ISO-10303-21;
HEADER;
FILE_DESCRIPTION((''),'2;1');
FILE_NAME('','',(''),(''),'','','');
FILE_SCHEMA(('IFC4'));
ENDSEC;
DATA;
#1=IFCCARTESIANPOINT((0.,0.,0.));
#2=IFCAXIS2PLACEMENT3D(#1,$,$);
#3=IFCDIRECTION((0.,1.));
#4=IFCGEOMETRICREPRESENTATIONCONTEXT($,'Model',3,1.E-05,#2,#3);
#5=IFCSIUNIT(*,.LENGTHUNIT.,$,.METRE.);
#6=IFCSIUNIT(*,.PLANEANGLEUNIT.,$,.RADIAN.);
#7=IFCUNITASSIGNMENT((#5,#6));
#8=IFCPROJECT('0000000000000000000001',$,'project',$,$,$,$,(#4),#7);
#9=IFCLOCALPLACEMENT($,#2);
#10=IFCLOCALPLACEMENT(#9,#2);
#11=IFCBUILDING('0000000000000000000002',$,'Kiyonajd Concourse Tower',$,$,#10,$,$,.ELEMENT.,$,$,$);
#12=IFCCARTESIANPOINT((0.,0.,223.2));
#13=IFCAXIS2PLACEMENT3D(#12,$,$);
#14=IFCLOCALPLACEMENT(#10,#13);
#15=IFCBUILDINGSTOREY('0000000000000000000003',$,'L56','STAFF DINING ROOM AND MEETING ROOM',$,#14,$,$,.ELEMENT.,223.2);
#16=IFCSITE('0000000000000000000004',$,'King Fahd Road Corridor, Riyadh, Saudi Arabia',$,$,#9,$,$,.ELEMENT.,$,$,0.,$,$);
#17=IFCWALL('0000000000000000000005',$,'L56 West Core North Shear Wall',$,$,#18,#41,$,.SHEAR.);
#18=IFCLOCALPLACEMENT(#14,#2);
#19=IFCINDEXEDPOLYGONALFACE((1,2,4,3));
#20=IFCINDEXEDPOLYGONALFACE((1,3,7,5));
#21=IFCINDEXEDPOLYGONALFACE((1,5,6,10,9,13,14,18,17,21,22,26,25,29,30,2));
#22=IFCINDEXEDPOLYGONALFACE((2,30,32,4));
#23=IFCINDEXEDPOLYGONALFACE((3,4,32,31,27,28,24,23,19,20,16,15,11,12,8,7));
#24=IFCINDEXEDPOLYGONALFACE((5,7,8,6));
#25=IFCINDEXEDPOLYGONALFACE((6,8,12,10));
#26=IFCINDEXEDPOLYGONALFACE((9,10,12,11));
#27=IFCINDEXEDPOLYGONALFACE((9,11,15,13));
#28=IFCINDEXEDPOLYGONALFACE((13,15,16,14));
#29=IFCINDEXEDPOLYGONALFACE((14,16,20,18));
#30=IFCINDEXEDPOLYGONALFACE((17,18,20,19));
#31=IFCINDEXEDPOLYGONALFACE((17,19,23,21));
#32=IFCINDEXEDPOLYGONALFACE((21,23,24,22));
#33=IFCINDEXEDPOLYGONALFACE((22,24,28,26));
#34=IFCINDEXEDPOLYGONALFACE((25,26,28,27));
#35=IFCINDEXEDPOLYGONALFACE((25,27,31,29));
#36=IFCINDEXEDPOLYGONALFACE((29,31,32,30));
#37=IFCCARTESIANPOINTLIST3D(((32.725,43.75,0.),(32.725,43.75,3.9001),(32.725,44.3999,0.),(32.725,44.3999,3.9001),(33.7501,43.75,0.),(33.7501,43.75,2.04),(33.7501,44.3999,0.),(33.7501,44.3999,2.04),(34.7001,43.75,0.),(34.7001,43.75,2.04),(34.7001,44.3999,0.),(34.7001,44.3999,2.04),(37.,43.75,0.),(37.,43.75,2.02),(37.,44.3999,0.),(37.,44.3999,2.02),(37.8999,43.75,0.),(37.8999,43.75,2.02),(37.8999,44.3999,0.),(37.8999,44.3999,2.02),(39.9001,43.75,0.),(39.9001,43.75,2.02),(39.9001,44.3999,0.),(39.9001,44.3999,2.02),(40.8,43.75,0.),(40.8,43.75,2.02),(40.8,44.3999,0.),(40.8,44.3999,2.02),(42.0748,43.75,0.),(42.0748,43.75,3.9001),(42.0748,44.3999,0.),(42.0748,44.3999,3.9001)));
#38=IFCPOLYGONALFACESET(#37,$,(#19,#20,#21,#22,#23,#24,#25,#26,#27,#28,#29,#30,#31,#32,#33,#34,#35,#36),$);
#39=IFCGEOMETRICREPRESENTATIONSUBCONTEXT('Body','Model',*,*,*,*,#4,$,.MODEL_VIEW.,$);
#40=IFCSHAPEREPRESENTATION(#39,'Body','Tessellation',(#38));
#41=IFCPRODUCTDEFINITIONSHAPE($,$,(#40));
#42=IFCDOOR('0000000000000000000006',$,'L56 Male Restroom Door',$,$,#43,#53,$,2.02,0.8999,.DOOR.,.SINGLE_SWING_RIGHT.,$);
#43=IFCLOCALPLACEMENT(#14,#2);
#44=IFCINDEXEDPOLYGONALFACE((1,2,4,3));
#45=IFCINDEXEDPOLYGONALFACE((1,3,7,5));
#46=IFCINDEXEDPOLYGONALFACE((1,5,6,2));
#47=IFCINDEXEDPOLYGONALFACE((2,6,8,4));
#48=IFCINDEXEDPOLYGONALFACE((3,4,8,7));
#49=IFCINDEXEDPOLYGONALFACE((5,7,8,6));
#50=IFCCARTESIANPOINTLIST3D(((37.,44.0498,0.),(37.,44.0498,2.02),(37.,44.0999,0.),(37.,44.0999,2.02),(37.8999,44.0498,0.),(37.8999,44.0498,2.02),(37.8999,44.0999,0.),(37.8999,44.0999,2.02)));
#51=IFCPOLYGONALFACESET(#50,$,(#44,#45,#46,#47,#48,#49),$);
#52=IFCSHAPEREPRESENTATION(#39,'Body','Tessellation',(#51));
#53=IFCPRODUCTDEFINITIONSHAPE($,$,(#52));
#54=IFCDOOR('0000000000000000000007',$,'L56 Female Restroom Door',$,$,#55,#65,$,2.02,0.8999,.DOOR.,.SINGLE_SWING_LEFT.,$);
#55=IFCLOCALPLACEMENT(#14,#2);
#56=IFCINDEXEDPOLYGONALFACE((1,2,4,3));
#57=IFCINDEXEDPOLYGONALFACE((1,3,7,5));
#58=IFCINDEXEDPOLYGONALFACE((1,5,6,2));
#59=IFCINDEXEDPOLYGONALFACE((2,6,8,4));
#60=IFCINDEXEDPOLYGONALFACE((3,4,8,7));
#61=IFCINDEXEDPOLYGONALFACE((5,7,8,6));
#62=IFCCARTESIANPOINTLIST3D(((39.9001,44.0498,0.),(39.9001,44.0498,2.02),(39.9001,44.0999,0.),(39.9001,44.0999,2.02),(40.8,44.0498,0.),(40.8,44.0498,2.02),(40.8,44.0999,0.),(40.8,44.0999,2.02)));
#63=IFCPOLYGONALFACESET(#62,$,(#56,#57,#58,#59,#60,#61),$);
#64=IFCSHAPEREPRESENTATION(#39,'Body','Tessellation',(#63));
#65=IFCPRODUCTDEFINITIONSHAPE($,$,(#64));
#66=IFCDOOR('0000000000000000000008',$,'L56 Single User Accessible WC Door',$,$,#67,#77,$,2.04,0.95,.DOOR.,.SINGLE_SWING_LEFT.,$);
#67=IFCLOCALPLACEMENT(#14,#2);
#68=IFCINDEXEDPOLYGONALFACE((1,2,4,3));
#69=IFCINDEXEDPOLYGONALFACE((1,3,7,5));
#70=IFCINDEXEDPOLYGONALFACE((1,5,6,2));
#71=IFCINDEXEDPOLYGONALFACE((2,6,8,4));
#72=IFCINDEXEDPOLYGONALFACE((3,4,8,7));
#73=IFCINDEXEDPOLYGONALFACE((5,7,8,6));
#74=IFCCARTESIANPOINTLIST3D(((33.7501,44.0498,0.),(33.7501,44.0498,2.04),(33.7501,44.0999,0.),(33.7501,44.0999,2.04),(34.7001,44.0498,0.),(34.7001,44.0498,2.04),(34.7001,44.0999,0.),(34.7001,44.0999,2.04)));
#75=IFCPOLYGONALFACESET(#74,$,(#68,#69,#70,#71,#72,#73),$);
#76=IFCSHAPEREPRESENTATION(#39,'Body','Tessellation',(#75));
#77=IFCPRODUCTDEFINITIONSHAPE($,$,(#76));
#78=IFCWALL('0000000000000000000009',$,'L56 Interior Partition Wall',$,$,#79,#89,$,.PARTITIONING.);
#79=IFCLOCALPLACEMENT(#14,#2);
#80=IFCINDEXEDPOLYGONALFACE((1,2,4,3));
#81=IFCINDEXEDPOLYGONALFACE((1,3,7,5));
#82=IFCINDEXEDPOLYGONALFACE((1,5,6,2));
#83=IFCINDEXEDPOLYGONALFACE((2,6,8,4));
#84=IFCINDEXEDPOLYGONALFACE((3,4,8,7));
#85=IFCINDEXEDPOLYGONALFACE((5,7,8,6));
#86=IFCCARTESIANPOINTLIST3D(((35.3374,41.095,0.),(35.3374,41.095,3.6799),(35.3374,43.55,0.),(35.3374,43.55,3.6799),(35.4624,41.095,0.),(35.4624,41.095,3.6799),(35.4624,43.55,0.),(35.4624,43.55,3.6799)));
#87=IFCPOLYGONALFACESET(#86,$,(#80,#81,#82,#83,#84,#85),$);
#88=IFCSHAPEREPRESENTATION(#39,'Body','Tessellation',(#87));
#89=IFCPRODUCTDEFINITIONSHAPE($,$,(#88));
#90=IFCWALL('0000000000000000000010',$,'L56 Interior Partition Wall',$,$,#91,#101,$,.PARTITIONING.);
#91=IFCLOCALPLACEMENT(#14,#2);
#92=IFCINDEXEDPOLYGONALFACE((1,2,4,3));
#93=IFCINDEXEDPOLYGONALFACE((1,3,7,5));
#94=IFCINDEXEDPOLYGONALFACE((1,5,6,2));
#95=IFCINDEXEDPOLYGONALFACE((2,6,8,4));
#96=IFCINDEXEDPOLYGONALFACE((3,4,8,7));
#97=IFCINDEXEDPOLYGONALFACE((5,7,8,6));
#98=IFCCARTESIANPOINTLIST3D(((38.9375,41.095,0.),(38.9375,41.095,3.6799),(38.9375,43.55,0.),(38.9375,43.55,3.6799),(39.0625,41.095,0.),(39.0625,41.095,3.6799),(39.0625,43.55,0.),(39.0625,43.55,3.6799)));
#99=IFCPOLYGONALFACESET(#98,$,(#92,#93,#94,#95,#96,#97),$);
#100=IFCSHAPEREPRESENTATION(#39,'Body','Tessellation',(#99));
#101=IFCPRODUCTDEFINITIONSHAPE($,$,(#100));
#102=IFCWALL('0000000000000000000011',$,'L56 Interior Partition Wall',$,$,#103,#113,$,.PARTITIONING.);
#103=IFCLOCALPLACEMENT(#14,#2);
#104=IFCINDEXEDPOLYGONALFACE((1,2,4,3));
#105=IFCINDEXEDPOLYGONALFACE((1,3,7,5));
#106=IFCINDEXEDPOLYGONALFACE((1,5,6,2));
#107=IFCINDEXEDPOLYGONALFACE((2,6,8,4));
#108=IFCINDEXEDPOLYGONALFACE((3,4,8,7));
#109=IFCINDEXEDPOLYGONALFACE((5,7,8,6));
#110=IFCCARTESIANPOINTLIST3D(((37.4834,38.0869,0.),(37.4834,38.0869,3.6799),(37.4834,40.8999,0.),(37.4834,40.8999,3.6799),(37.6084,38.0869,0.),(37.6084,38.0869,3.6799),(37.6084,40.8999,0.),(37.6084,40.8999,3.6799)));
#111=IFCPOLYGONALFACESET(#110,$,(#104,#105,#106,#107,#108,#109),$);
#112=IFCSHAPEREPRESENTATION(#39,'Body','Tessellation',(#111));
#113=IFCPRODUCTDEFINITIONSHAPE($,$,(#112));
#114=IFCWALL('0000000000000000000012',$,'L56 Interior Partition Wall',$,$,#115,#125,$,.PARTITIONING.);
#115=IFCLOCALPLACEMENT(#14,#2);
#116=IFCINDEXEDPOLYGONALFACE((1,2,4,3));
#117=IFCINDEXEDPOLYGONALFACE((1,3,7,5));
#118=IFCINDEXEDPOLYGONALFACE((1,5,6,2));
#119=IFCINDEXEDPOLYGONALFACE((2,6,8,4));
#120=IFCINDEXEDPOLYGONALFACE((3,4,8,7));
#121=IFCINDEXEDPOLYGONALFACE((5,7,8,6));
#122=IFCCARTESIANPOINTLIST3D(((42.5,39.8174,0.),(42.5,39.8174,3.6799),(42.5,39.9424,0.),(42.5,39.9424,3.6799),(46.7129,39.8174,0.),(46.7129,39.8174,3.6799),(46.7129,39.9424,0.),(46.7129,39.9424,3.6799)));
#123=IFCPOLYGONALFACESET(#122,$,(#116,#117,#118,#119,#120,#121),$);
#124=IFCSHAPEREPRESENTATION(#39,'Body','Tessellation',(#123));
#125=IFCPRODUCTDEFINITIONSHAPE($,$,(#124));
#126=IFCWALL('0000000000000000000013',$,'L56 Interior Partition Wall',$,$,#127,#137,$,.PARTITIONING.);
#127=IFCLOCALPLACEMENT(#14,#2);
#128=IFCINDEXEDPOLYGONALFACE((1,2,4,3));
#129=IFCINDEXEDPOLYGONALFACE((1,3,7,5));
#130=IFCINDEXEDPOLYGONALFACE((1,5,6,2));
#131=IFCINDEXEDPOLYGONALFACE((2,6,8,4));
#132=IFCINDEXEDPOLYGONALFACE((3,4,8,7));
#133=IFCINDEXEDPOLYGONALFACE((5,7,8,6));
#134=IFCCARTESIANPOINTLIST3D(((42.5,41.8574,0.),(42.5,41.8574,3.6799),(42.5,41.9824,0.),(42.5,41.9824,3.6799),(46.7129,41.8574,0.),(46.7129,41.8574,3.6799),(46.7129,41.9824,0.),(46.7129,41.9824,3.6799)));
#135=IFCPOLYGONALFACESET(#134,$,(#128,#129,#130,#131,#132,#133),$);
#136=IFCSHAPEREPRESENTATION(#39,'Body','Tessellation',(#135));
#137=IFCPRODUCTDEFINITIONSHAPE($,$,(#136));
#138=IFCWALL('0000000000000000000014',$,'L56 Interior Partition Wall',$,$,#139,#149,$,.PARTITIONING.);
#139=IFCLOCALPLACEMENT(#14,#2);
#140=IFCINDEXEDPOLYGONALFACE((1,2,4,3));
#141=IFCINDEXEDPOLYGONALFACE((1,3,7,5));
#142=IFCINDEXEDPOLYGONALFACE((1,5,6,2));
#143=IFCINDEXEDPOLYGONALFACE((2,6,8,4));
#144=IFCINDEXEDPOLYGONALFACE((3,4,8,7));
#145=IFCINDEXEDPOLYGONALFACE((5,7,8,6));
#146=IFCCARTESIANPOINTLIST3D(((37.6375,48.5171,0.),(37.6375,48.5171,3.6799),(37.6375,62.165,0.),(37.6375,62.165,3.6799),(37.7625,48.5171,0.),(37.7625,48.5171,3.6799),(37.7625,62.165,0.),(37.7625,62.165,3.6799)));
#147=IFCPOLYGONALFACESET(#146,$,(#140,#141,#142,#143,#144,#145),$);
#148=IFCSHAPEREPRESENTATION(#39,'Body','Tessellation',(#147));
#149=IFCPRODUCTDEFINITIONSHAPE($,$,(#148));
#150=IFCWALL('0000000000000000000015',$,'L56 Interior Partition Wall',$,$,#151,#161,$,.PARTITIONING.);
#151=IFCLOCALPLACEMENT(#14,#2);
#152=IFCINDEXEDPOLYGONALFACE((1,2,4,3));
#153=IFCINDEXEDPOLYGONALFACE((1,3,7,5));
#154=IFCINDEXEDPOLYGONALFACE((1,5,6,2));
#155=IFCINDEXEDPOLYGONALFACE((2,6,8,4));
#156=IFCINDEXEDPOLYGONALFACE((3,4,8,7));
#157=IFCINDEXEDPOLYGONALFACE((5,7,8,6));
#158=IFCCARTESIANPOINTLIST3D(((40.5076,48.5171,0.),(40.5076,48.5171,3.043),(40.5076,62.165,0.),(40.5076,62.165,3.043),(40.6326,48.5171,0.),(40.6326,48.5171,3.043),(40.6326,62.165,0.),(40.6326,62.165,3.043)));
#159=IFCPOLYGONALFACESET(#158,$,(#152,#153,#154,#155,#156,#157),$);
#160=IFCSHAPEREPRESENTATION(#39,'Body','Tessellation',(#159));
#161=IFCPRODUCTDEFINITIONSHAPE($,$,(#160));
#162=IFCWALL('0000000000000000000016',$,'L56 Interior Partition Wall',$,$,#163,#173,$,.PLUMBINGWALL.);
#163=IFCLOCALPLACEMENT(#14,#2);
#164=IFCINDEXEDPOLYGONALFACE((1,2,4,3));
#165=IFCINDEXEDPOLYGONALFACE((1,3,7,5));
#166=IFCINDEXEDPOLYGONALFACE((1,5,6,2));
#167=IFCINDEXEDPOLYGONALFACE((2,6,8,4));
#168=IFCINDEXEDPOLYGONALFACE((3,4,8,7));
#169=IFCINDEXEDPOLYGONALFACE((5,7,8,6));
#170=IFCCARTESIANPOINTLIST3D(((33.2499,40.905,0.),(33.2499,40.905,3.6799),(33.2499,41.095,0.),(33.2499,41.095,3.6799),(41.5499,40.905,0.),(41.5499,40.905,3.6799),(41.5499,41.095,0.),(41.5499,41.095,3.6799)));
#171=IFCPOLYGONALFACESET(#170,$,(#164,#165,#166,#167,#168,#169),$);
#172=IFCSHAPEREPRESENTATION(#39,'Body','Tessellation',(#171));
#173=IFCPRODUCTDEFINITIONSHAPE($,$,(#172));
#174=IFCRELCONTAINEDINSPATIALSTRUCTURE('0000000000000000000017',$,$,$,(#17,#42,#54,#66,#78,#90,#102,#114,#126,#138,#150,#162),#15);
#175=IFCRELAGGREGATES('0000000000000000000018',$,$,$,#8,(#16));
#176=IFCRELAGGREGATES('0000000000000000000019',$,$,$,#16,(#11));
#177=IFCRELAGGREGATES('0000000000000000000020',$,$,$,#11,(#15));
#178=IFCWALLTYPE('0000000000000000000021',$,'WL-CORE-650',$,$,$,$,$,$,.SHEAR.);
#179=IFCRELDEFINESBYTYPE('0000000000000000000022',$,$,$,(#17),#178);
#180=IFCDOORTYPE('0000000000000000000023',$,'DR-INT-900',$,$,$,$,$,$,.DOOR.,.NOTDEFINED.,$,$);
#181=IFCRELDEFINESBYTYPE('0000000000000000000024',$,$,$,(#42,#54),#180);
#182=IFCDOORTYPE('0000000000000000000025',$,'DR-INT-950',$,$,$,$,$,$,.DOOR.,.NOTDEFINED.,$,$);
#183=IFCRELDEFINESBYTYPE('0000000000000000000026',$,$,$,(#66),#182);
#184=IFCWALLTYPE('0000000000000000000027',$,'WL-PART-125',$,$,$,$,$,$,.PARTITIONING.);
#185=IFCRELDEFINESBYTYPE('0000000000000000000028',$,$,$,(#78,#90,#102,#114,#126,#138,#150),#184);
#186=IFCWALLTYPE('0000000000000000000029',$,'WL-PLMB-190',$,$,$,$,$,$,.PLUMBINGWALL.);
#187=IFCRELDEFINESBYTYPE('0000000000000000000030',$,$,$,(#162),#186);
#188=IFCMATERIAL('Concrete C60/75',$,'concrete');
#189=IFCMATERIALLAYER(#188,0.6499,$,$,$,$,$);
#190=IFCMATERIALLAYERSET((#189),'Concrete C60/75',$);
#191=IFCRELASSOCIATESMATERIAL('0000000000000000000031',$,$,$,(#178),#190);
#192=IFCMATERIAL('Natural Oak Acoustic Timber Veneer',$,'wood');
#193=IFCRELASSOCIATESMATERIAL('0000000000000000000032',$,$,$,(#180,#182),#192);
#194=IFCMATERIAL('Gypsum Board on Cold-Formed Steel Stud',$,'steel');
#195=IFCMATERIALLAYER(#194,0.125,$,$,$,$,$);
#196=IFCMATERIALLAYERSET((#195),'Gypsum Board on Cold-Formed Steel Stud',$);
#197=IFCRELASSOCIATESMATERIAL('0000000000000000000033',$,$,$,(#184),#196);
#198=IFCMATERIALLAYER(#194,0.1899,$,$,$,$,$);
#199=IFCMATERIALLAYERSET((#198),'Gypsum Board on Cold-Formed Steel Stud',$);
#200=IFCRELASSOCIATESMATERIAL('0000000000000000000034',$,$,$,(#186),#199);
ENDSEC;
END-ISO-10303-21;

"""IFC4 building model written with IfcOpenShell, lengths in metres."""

from ifc_helpers import new_model, si_unit, direction, frame, frame_2d, origin, place, context, subcontext, project, spatial, rectangle, extrude, material, layer, layer_set, type_object, element, fill, save


model = new_model("IFC4")

# Units and contexts
model_context = context("Model", 3, precision=1e-05, world=origin(), true_north=direction((0.0, 1.0)))
body_context = subcontext(model_context, "Body", "Model", "MODEL_VIEW")
ifc_project = project(units=[si_unit("LENGTHUNIT", "METRE"), si_unit("PLANEANGLEUNIT", "RADIAN")], contexts=[model_context])

# Site, building, storey
site_placement = place(None, origin())
site = spatial("IfcSite", under=ifc_project, at=site_placement, Name="King Fahd Road Corridor, Riyadh, Saudi Arabia", CompositionType="ELEMENT", RefElevation=0.0)
building_placement = place(site_placement, origin())
building = spatial("IfcBuilding", under=site, at=building_placement, Name="Kiyonajd Concourse Tower", CompositionType="ELEMENT")
storey_placement = place(building_placement, frame((0.0, 0.0, 223.2)))
storey = spatial("IfcBuildingStorey", under=building, at=storey_placement, Name="L56", Description="STAFF DINING ROOM AND MEETING ROOM", CompositionType="ELEMENT", Elevation=223.2)

# Shared definitions
ifc_material_1 = material(Name="Concrete C60/75", Category="concrete")

# Shared definitions
ifc_layer_1 = layer(ifc_material_1, 0.6499)
ifc_layer_set_1 = layer_set([ifc_layer_1], Name="Concrete C60/75")
wall_type_1 = type_object("IfcWallType", Name="WL-CORE-650", PredefinedType="SHEAR", material=ifc_layer_set_1)

# Wall, openings, doors
wall_1_placement = place(storey_placement, frame((32.7251, 44.075, 0.0), z_axis=(0.0, 0.0, 1.0), x_axis=(1.0, 0.0, 0.0)))
wall_1 = element("IfcWall", 1, at=wall_1_placement, inside=storey, type_object=wall_type_1, Name="L56 West Core North Shear Wall", PredefinedType="SHEAR", context=body_context, shape_type="SweptSolid", body=[
    extrude(rectangle(XDim=9.3499, YDim=0.6499, at=frame_2d((4.6748, 0.0))), origin(), (0.0, 0.0, 1.0), 3.9001),
])
opening_1_placement = place(wall_1_placement, frame((1.0249, 0.0, 0.0)))
opening_1 = element("IfcOpeningElement", 2, at=opening_1_placement, cuts=wall_1, PredefinedType="OPENING", context=body_context, shape_type="SweptSolid", body=[
    extrude(rectangle(XDim=0.95, YDim=2.04, at=frame_2d((0.4751, 1.02))), frame((0.0, 0.335, 0.0), z_axis=(0.0, -1.0, 0.0), x_axis=(1.0, 0.0, 0.0)), (0.0, 0.0, 1.0), 0.6699),
])
opening_2_placement = place(wall_1_placement, frame((4.2749, 0.0, 0.0)))
opening_2 = element("IfcOpeningElement", 3, at=opening_2_placement, cuts=wall_1, PredefinedType="OPENING", context=body_context, shape_type="SweptSolid", body=[
    extrude(rectangle(XDim=0.8999, YDim=2.02, at=frame_2d((0.45, 1.01))), frame((0.0, 0.335, 0.0), z_axis=(0.0, -1.0, 0.0), x_axis=(1.0, 0.0, 0.0)), (0.0, 0.0, 1.0), 0.6699),
])
opening_3_placement = place(wall_1_placement, frame((7.175, 0.0, 0.0)))
opening_3 = element("IfcOpeningElement", 4, at=opening_3_placement, cuts=wall_1, PredefinedType="OPENING", context=body_context, shape_type="SweptSolid", body=[
    extrude(rectangle(XDim=0.8999, YDim=2.02, at=frame_2d((0.45, 1.01))), frame((0.0, 0.335, 0.0), z_axis=(0.0, -1.0, 0.0), x_axis=(1.0, 0.0, 0.0)), (0.0, 0.0, 1.0), 0.6699),
])
ifc_material_2 = material(Name="Natural Oak Acoustic Timber Veneer", Category="wood")
door_type_1 = type_object("IfcDoorType", Name="DR-INT-900", OperationType="NOTDEFINED", PredefinedType="DOOR", material=ifc_material_2)
door_1_placement = place(opening_2_placement, origin())
door_1 = element("IfcDoor", 5, at=door_1_placement, inside=storey, type_object=door_type_1, Name="L56 Male Restroom Door", OperationType="SINGLE_SWING_RIGHT", OverallHeight=2.02, OverallWidth=0.8999, PredefinedType="DOOR", context=body_context, shape_type="SweptSolid", body=[
    extrude(rectangle(XDim=0.8999, YDim=2.02, at=frame_2d((0.45, 1.01))), frame((0.0, 0.0249, 0.0), z_axis=(0.0, -1.0, 0.0), x_axis=(1.0, 0.0, 0.0)), (0.0, 0.0, 1.0), 0.05),
])
fill(opening_2, door_1)
door_2_placement = place(opening_3_placement, origin())
door_2 = element("IfcDoor", 6, at=door_2_placement, inside=storey, type_object=door_type_1, Name="L56 Female Restroom Door", OperationType="SINGLE_SWING_LEFT", OverallHeight=2.02, OverallWidth=0.8999, PredefinedType="DOOR", context=body_context, shape_type="SweptSolid", body=[
    extrude(rectangle(XDim=0.8999, YDim=2.02, at=frame_2d((0.45, 1.01))), frame((0.0, 0.0249, 0.0), z_axis=(0.0, -1.0, 0.0), x_axis=(1.0, 0.0, 0.0)), (0.0, 0.0, 1.0), 0.05),
])
fill(opening_3, door_2)
door_type_2 = type_object("IfcDoorType", Name="DR-INT-950", OperationType="NOTDEFINED", PredefinedType="DOOR", material=ifc_material_2)
door_3_placement = place(opening_1_placement, origin())
door_3 = element("IfcDoor", 7, at=door_3_placement, inside=storey, type_object=door_type_2, Name="L56 Single User Accessible WC Door", OperationType="SINGLE_SWING_LEFT", OverallHeight=2.04, OverallWidth=0.95, PredefinedType="DOOR", context=body_context, shape_type="SweptSolid", body=[
    extrude(rectangle(XDim=0.95, YDim=2.04, at=frame_2d((0.4751, 1.02))), frame((0.0, 0.0249, 0.0), z_axis=(0.0, -1.0, 0.0), x_axis=(1.0, 0.0, 0.0)), (0.0, 0.0, 1.0), 0.05),
])
fill(opening_1, door_3)

# Walls
ifc_material_3 = material(Name="Gypsum Board on Cold-Formed Steel Stud", Category="steel")
ifc_layer_2 = layer(ifc_material_3, 0.125)
ifc_layer_set_2 = layer_set([ifc_layer_2], Name="Gypsum Board on Cold-Formed Steel Stud")
wall_type_2 = type_object("IfcWallType", Name="WL-PART-125", PredefinedType="PARTITIONING", material=ifc_layer_set_2)
for number, where, z_axis, x_axis, name in (
    (8, (35.3999, 41.095, 0.0), (0.0, 0.0, 1.0), (0.0, 1.0, 0.0), "L56 Interior Partition Wall"),
    (9, (39.0, 41.095, 0.0), (0.0, 0.0, 1.0), (0.0, 1.0, 0.0), "L56 Interior Partition Wall"),
):
    element("IfcWall", number, at=place(storey_placement, frame(where, z_axis=z_axis, x_axis=x_axis)), inside=storey, type_object=wall_type_2, Name=name, PredefinedType="PARTITIONING", context=body_context, shape_type="SweptSolid", body=[
        extrude(rectangle(XDim=2.4551, YDim=0.125, at=frame_2d((1.2275, 0.0))), origin(), (0.0, 0.0, 1.0), 3.6799),
    ])
wall_2_placement = place(storey_placement, frame((37.5459, 38.0869, 0.0), z_axis=(0.0, 0.0, 1.0), x_axis=(0.0, 1.0, 0.0)))
element("IfcWall", 10, at=wall_2_placement, inside=storey, type_object=wall_type_2, Name="L56 Interior Partition Wall", PredefinedType="PARTITIONING", context=body_context, shape_type="SweptSolid", body=[
    extrude(rectangle(XDim=2.813, YDim=0.125, at=frame_2d((1.4065, 0.0))), origin(), (0.0, 0.0, 1.0), 3.6799),
])
for number, where, z_axis, x_axis, name in (
    (11, (42.5, 39.8799, 0.0), (0.0, 0.0, 1.0), (1.0, 0.0, 0.0), "L56 Interior Partition Wall"),
    (12, (42.5, 41.9199, 0.0), (0.0, 0.0, 1.0), (1.0, 0.0, 0.0), "L56 Interior Partition Wall"),
):
    element("IfcWall", number, at=place(storey_placement, frame(where, z_axis=z_axis, x_axis=x_axis)), inside=storey, type_object=wall_type_2, Name=name, PredefinedType="PARTITIONING", context=body_context, shape_type="SweptSolid", body=[
        extrude(rectangle(XDim=4.2129, YDim=0.125, at=frame_2d((2.1064, 0.0))), origin(), (0.0, 0.0, 1.0), 3.6799),
    ])
wall_3_placement = place(storey_placement, frame((37.7, 48.5171, 0.0), z_axis=(0.0, 0.0, 1.0), x_axis=(0.0, 1.0, 0.0)))
element("IfcWall", 13, at=wall_3_placement, inside=storey, type_object=wall_type_2, Name="L56 Interior Partition Wall", PredefinedType="PARTITIONING", context=body_context, shape_type="SweptSolid", body=[
    extrude(rectangle(XDim=13.6479, YDim=0.125, at=frame_2d((6.824, 0.0))), origin(), (0.0, 0.0, 1.0), 3.6799),
])
wall_4_placement = place(storey_placement, frame((40.5701, 48.5171, 0.0), z_axis=(0.0, 0.0, 1.0), x_axis=(0.0, 1.0, 0.0)))
element("IfcWall", 14, at=wall_4_placement, inside=storey, type_object=wall_type_2, Name="L56 Interior Partition Wall", PredefinedType="PARTITIONING", context=body_context, shape_type="SweptSolid", body=[
    extrude(rectangle(XDim=13.6479, YDim=0.125, at=frame_2d((6.824, 0.0))), origin(), (0.0, 0.0, 1.0), 3.043),
])
ifc_layer_3 = layer(ifc_material_3, 0.1899)
ifc_layer_set_3 = layer_set([ifc_layer_3], Name="Gypsum Board on Cold-Formed Steel Stud")
wall_type_3 = type_object("IfcWallType", Name="WL-PLMB-190", PredefinedType="PLUMBINGWALL", material=ifc_layer_set_3)
wall_5_placement = place(storey_placement, frame((33.25, 41.0, 0.0), z_axis=(0.0, 0.0, 1.0), x_axis=(1.0, 0.0, 0.0)))
element("IfcWall", 15, at=wall_5_placement, inside=storey, type_object=wall_type_3, Name="L56 Interior Partition Wall", PredefinedType="PLUMBINGWALL", context=body_context, shape_type="SweptSolid", body=[
    extrude(rectangle(XDim=8.3, YDim=0.1899, at=frame_2d((4.1499, 0.0))), origin(), (0.0, 0.0, 1.0), 3.6799),
])

save(model, "model.ifc")
